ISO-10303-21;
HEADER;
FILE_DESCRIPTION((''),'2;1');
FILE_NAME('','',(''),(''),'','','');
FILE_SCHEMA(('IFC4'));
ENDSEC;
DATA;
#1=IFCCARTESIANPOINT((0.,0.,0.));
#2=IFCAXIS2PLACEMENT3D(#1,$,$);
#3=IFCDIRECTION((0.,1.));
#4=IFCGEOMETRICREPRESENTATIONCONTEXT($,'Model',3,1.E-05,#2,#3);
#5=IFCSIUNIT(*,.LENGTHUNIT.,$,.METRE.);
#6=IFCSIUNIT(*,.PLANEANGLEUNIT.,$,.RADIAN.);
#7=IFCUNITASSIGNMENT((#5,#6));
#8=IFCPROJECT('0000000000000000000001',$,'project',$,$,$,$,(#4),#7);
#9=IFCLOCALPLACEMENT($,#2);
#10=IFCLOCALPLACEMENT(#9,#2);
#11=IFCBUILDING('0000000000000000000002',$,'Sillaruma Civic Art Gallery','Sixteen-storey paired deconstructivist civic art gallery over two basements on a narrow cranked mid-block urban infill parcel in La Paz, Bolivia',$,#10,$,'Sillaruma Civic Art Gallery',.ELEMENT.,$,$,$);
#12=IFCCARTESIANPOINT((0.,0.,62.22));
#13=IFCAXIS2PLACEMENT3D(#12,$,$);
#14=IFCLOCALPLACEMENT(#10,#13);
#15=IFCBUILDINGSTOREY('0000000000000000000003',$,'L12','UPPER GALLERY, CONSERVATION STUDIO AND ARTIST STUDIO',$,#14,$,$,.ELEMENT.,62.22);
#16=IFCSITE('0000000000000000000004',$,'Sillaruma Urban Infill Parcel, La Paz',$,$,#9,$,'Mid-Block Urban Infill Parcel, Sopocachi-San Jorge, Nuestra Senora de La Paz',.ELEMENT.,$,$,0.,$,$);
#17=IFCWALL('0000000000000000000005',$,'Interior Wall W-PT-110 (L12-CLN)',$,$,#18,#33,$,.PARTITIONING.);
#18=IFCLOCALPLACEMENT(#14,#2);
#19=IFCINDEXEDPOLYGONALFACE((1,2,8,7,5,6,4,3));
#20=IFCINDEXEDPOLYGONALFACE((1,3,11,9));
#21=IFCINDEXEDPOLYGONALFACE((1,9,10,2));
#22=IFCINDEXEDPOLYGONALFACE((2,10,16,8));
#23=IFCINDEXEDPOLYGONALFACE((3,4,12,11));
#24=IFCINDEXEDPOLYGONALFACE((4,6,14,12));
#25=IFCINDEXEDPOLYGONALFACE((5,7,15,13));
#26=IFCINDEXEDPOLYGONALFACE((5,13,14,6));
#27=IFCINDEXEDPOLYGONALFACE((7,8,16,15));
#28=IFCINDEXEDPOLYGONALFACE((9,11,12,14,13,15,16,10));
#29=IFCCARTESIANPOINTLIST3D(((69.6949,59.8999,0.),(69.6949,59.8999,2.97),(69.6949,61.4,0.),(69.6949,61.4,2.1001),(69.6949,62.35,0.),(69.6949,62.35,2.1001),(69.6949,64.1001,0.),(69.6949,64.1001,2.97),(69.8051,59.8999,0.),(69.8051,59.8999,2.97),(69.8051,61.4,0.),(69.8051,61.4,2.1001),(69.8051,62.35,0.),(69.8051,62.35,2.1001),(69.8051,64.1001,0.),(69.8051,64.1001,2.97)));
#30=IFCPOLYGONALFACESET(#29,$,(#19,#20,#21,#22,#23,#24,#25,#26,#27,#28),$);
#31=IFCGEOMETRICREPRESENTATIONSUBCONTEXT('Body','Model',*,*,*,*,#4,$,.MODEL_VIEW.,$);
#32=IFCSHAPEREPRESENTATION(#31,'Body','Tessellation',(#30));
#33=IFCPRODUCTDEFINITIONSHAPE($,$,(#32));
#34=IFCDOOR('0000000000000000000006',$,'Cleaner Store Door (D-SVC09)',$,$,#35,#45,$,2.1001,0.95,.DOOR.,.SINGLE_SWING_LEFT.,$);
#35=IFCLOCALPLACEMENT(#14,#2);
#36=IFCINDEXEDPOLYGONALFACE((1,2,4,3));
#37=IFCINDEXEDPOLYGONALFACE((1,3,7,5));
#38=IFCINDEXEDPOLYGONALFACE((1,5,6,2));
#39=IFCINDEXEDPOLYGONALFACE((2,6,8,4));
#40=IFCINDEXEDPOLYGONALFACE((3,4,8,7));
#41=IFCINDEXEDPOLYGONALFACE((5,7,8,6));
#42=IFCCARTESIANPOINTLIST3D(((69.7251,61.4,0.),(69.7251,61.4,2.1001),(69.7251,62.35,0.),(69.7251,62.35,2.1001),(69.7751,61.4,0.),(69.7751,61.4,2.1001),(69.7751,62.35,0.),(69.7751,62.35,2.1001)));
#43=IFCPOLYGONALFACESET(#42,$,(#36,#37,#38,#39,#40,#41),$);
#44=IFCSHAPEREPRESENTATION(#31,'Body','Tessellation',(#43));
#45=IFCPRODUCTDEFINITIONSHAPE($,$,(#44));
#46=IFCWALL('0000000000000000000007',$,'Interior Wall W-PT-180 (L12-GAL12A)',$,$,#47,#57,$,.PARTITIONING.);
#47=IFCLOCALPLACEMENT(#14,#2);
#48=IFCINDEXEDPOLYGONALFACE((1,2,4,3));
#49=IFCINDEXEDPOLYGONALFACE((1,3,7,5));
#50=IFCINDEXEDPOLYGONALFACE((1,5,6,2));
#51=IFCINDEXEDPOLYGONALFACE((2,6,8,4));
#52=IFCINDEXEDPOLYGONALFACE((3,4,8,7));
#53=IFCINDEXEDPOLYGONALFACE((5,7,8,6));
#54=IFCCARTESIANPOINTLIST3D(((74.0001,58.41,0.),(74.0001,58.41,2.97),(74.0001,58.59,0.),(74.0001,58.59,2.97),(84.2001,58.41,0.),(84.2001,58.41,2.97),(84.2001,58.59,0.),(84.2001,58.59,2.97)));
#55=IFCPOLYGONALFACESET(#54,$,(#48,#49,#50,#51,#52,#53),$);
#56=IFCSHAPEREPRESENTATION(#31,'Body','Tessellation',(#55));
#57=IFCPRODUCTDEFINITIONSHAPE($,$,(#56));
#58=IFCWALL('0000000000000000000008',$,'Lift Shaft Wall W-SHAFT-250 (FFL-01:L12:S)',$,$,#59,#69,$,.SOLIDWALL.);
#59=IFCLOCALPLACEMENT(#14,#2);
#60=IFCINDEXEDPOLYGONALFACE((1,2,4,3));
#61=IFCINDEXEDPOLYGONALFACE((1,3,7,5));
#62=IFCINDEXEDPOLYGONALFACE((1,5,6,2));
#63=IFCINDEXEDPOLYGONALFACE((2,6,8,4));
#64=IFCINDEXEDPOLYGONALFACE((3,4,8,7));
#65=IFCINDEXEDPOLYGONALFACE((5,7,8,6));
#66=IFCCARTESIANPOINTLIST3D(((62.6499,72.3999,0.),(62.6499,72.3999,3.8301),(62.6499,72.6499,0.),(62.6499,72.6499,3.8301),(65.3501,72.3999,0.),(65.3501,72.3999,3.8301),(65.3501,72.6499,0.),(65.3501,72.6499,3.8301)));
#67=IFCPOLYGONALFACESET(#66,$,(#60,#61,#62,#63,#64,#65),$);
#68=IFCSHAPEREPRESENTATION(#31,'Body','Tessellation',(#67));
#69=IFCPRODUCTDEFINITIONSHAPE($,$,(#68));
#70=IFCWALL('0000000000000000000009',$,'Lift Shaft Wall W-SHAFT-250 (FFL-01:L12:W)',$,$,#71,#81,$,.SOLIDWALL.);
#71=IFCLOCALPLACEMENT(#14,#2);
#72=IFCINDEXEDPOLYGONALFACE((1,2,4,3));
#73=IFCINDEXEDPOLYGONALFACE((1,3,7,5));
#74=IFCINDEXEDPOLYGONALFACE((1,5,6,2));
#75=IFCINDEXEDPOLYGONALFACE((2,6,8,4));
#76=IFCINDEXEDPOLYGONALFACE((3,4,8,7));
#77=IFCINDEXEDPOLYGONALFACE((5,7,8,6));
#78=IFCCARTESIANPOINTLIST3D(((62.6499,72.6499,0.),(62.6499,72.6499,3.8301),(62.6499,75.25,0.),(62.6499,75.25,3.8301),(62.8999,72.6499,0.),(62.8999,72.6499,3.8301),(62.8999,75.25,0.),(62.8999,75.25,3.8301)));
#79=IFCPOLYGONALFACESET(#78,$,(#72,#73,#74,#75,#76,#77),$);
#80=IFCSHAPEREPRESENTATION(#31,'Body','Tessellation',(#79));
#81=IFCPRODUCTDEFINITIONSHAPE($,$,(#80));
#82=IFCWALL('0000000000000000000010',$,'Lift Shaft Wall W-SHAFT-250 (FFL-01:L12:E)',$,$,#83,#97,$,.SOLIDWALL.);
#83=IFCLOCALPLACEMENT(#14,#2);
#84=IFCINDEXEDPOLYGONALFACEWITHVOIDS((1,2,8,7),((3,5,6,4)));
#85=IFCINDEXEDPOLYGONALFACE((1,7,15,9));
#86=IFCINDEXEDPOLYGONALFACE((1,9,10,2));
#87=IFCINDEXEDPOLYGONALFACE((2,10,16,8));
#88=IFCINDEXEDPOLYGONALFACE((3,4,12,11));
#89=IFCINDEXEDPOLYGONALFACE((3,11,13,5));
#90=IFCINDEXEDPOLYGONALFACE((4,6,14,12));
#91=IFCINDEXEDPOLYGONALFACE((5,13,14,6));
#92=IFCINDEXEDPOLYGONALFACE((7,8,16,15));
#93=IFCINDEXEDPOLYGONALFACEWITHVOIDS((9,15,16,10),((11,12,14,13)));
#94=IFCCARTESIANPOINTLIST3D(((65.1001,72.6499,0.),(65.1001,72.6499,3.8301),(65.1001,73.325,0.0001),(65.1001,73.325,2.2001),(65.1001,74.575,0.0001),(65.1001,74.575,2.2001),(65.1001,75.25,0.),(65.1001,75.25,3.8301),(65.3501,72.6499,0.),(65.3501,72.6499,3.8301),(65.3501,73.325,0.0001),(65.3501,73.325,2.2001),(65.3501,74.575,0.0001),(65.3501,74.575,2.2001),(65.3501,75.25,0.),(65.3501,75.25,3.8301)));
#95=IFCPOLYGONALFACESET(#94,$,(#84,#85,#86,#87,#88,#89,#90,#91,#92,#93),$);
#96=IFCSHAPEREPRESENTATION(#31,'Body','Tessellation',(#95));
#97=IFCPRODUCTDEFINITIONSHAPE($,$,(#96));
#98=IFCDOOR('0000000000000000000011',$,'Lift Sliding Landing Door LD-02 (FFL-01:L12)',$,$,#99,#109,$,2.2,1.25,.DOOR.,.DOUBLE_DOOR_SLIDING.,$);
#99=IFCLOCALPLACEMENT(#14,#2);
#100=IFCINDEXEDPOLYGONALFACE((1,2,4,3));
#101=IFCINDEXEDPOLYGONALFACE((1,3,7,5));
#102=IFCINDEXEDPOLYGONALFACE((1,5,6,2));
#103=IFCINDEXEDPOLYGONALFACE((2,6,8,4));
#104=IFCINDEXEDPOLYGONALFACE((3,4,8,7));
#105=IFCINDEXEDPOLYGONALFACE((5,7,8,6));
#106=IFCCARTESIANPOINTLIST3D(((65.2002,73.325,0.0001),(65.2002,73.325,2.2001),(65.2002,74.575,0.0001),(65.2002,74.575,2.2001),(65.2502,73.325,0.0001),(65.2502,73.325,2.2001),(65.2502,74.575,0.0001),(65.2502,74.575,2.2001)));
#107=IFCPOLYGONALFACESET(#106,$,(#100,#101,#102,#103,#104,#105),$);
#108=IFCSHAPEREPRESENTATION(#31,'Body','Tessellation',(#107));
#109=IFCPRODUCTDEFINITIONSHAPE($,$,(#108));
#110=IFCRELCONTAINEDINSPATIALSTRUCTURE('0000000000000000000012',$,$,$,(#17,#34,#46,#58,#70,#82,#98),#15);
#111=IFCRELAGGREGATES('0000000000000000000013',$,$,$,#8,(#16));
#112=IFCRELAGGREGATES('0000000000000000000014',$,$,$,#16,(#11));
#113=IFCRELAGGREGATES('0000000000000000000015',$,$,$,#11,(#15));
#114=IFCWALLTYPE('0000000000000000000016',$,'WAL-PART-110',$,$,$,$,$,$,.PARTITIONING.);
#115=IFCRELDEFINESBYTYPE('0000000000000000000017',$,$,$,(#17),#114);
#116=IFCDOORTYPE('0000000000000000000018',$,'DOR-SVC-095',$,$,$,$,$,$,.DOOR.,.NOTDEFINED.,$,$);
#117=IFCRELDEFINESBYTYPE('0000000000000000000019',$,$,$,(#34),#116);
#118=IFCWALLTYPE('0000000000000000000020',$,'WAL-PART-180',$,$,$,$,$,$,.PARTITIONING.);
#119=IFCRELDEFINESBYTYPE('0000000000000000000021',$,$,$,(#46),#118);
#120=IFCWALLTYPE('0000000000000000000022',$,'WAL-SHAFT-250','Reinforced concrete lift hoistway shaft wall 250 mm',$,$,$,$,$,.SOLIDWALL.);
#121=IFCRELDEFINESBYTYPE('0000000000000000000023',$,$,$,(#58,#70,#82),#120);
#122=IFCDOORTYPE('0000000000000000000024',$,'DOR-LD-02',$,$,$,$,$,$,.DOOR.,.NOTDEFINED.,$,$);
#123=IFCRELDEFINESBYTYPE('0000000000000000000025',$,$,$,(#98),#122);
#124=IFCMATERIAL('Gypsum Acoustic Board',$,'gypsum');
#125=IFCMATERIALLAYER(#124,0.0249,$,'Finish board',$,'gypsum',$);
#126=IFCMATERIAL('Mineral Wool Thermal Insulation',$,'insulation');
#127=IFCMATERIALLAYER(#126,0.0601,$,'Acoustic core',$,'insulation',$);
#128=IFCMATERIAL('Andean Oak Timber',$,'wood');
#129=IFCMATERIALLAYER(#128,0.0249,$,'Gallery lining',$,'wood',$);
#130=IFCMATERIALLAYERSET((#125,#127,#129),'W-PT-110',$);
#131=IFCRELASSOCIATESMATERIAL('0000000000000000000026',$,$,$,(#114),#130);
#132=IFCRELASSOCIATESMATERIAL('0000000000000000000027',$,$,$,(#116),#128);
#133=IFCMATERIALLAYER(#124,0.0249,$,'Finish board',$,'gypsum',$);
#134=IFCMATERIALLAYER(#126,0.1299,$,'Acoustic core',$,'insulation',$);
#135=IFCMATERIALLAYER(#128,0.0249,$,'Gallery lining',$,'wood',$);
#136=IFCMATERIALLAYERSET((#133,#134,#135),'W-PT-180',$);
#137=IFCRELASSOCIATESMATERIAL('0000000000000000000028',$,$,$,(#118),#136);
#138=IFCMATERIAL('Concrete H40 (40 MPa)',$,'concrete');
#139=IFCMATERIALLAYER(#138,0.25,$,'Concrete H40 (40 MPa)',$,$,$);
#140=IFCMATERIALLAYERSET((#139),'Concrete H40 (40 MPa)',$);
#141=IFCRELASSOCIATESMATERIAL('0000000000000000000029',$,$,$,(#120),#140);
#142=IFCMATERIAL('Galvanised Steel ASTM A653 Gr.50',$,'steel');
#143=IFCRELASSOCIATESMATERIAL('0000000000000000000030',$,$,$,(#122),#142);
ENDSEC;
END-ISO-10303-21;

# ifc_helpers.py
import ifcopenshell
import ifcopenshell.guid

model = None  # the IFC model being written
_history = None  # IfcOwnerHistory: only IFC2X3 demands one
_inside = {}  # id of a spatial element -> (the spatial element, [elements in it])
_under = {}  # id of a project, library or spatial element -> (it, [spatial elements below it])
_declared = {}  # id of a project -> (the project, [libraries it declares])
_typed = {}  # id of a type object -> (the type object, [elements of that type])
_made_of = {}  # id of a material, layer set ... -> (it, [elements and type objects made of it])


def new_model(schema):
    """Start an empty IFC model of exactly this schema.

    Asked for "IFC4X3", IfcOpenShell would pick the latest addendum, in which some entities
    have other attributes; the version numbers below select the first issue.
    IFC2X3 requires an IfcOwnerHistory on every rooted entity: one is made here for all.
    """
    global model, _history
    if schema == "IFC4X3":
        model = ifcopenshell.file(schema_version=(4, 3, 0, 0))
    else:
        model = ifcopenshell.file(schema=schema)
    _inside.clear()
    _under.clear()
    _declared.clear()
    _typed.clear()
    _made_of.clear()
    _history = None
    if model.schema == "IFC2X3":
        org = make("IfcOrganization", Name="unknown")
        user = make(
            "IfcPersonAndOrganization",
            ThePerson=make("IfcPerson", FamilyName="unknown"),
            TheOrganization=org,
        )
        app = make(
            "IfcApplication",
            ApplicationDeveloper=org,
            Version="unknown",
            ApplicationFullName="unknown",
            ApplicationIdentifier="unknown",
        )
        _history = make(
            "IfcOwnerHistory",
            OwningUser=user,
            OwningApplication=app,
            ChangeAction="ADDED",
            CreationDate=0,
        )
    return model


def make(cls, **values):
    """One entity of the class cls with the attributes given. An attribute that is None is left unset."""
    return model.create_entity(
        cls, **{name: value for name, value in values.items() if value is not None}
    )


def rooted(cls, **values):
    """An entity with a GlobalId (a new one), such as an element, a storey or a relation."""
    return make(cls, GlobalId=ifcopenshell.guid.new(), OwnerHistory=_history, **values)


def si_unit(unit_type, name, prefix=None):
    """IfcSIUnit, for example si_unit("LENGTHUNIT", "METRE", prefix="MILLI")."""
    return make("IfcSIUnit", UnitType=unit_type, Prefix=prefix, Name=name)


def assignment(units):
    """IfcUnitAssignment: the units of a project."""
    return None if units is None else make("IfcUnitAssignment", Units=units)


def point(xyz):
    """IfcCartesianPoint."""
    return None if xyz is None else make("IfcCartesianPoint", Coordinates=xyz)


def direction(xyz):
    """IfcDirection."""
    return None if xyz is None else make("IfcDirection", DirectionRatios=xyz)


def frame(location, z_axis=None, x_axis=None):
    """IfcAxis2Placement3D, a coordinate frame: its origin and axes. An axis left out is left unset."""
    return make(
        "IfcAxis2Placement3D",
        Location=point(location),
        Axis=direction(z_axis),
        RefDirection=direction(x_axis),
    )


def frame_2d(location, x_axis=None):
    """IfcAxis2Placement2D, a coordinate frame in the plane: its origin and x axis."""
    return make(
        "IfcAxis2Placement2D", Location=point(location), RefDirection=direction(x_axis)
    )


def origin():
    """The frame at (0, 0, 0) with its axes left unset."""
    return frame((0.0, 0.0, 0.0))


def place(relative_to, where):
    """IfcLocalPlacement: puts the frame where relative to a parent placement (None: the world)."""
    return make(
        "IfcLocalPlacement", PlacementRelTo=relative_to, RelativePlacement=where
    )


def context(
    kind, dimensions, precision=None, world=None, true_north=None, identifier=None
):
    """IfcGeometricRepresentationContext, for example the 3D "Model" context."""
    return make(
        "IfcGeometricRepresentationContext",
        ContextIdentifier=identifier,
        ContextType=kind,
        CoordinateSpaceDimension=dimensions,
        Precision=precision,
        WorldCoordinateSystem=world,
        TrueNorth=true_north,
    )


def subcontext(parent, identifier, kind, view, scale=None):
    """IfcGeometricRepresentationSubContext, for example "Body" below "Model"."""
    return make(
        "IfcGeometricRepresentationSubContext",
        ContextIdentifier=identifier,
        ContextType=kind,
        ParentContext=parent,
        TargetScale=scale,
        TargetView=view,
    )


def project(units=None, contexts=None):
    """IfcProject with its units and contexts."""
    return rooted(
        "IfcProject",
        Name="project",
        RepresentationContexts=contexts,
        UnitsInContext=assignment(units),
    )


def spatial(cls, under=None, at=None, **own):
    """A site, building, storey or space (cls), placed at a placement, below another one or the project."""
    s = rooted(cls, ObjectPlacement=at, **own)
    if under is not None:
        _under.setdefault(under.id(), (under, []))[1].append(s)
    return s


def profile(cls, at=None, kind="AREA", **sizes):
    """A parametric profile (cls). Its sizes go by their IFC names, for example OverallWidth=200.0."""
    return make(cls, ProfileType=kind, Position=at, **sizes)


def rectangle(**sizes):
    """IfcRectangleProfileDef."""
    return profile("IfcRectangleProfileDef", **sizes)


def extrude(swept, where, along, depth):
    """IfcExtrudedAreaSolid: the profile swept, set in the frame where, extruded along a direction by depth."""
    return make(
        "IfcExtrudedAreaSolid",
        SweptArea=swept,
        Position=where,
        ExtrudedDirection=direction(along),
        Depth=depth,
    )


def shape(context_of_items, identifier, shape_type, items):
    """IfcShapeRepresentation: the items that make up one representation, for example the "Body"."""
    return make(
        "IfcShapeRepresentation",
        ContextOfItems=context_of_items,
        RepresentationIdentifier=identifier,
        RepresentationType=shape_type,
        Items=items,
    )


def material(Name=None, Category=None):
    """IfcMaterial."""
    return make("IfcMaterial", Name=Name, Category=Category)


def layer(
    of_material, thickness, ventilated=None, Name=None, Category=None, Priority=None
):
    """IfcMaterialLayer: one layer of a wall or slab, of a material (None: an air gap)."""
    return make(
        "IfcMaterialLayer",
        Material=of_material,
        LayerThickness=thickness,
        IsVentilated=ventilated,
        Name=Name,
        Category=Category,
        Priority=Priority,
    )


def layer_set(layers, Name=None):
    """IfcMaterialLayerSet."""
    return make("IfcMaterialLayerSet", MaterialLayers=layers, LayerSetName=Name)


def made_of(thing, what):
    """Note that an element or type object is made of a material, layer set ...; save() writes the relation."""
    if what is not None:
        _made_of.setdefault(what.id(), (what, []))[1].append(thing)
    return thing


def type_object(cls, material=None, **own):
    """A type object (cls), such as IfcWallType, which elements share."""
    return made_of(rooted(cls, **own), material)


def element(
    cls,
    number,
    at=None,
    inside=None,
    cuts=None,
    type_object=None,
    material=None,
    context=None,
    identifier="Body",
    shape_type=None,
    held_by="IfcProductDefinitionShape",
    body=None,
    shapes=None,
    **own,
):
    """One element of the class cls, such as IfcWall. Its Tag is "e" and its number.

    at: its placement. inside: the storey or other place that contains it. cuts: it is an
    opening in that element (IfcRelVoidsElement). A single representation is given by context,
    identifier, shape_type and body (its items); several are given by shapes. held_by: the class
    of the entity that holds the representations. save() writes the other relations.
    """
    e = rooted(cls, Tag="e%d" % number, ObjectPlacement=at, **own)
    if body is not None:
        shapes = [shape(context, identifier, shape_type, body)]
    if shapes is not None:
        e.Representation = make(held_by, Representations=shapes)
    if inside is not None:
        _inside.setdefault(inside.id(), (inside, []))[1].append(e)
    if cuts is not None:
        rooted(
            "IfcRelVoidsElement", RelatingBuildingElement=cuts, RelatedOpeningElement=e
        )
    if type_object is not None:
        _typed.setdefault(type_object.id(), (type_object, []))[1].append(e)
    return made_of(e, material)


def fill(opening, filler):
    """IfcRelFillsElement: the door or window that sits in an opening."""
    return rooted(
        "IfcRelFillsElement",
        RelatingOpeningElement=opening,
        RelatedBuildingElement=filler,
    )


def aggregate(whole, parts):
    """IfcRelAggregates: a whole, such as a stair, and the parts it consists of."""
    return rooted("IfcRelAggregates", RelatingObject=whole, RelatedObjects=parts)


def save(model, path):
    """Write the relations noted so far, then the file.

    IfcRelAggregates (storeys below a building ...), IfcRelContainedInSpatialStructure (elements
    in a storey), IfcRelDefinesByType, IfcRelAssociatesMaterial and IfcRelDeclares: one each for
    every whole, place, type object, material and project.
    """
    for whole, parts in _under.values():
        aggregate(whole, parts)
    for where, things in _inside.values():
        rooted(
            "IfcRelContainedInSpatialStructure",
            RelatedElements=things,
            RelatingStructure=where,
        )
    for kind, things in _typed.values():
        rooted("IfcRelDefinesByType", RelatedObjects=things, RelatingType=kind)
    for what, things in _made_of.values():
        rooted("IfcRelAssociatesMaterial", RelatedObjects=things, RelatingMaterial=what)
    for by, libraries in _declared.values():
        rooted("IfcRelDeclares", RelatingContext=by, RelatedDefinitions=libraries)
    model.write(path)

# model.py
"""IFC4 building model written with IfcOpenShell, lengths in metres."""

from ifc_helpers import new_model, si_unit, direction, frame, frame_2d, origin, place, context, subcontext, project, spatial, rectangle, extrude, material, layer, layer_set, type_object, element, fill, save


model = new_model("IFC4")

# Units and contexts
model_context = context("Model", 3, precision=1e-05, world=origin(), true_north=direction((0.0, 1.0)))
body_context = subcontext(model_context, "Body", "Model", "MODEL_VIEW")
ifc_project = project(units=[si_unit("LENGTHUNIT", "METRE"), si_unit("PLANEANGLEUNIT", "RADIAN")], contexts=[model_context])

# Site, building, storey
site_placement = place(None, origin())
site = spatial("IfcSite", under=ifc_project, at=site_placement, Name="Sillaruma Urban Infill Parcel, La Paz", LongName="Mid-Block Urban Infill Parcel, Sopocachi-San Jorge, Nuestra Senora de La Paz", CompositionType="ELEMENT", RefElevation=0.0)
building_placement = place(site_placement, origin())
building = spatial("IfcBuilding", under=site, at=building_placement, Name="Sillaruma Civic Art Gallery", Description="Sixteen-storey paired deconstructivist civic art gallery over two basements on a narrow cranked mid-block urban infill parcel in La Paz, Bolivia", LongName="Sillaruma Civic Art Gallery", CompositionType="ELEMENT")
storey_placement = place(building_placement, frame((0.0, 0.0, 62.22)))
storey = spatial("IfcBuildingStorey", under=building, at=storey_placement, Name="L12", Description="UPPER GALLERY, CONSERVATION STUDIO AND ARTIST STUDIO", CompositionType="ELEMENT", Elevation=62.22)

# Shared definitions
ifc_material_1 = material(Name="Concrete H40 (40 MPa)", Category="concrete")

# Wall, opening, door
ifc_material_2 = material(Name="Galvanised Steel ASTM A653 Gr.50", Category="steel")
ifc_material_3 = material(Name="Gypsum Acoustic Board", Category="gypsum")
ifc_layer_1 = layer(ifc_material_3, 0.0249, Name="Finish board", Category="gypsum")
ifc_material_4 = material(Name="Mineral Wool Thermal Insulation", Category="insulation")
ifc_layer_2 = layer(ifc_material_4, 0.0601, Name="Acoustic core", Category="insulation")
ifc_material_5 = material(Name="Andean Oak Timber", Category="wood")
ifc_layer_3 = layer(ifc_material_5, 0.0249, Name="Gallery lining", Category="wood")
ifc_layer_set_1 = layer_set([ifc_layer_1, ifc_layer_2, ifc_layer_3], Name="W-PT-110")
wall_type_1 = type_object("IfcWallType", Name="WAL-PART-110", PredefinedType="PARTITIONING", material=ifc_layer_set_1)
wall_1_placement = place(storey_placement, frame((69.75, 59.8999, 0.0), z_axis=(0.0, 0.0, 1.0), x_axis=(0.0, 1.0, 0.0)))
wall_1 = element("IfcWall", 1, at=wall_1_placement, inside=storey, type_object=wall_type_1, Name="Interior Wall W-PT-110 (L12-CLN)", PredefinedType="PARTITIONING", context=body_context, shape_type="SweptSolid", body=[
    extrude(rectangle(XDim=4.2002, YDim=0.1101, at=frame_2d((2.1001, 0.0))), origin(), (0.0, 0.0, 1.0), 2.97),
])
opening_1_placement = place(wall_1_placement, frame((1.5, 0.0, 0.0)))
opening_1 = element("IfcOpeningElement", 2, at=opening_1_placement, cuts=wall_1, PredefinedType="OPENING", context=body_context, shape_type="SweptSolid", body=[
    extrude(rectangle(XDim=0.95, YDim=2.1001, at=frame_2d((0.4751, 1.05))), frame((0.0, 0.0649, 0.0), z_axis=(0.0, -1.0, 0.0), x_axis=(1.0, 0.0, 0.0)), (0.0, 0.0, 1.0), 0.1301),
])
door_type_1 = type_object("IfcDoorType", Name="DOR-SVC-095", OperationType="NOTDEFINED", PredefinedType="DOOR", material=ifc_material_5)
door_1_placement = place(opening_1_placement, origin())
door_1 = element("IfcDoor", 3, at=door_1_placement, inside=storey, type_object=door_type_1, Name="Cleaner Store Door (D-SVC09)", OperationType="SINGLE_SWING_LEFT", OverallHeight=2.1001, OverallWidth=0.95, PredefinedType="DOOR", context=body_context, shape_type="SweptSolid", body=[
    extrude(rectangle(XDim=0.95, YDim=2.1001, at=frame_2d((0.4751, 1.05))), frame((0.0, 0.0249, 0.0), z_axis=(0.0, -1.0, 0.0), x_axis=(1.0, 0.0, 0.0)), (0.0, 0.0, 1.0), 0.05),
])
fill(opening_1, door_1)

# Walls
ifc_layer_4 = layer(ifc_material_3, 0.0249, Name="Finish board", Category="gypsum")
ifc_layer_5 = layer(ifc_material_4, 0.1299, Name="Acoustic core", Category="insulation")
ifc_layer_6 = layer(ifc_material_5, 0.0249, Name="Gallery lining", Category="wood")
ifc_layer_set_2 = layer_set([ifc_layer_4, ifc_layer_5, ifc_layer_6], Name="W-PT-180")
wall_type_2 = type_object("IfcWallType", Name="WAL-PART-180", PredefinedType="PARTITIONING", material=ifc_layer_set_2)
wall_2_placement = place(storey_placement, frame((74.0, 58.5, 0.0), z_axis=(0.0, 0.0, 1.0), x_axis=(1.0, 0.0, 0.0)))
element("IfcWall", 4, at=wall_2_placement, inside=storey, type_object=wall_type_2, Name="Interior Wall W-PT-180 (L12-GAL12A)", PredefinedType="PARTITIONING", context=body_context, shape_type="SweptSolid", body=[
    extrude(rectangle(XDim=10.2, YDim=0.1799, at=frame_2d((5.1001, 0.0))), origin(), (0.0, 0.0, 1.0), 2.97),
])
ifc_layer_7 = layer(ifc_material_1, 0.25, Name="Concrete H40 (40 MPa)")
ifc_layer_set_3 = layer_set([ifc_layer_7], Name="Concrete H40 (40 MPa)")
wall_type_3 = type_object("IfcWallType", Name="WAL-SHAFT-250", Description="Reinforced concrete lift hoistway shaft wall 250 mm", PredefinedType="SOLIDWALL", material=ifc_layer_set_3)
wall_3_placement = place(storey_placement, frame((62.6499, 72.5249, 0.0), z_axis=(0.0, 0.0, 1.0), x_axis=(1.0, 0.0, 0.0)))
element("IfcWall", 5, at=wall_3_placement, inside=storey, type_object=wall_type_3, Name="Lift Shaft Wall W-SHAFT-250 (FFL-01:L12:S)", PredefinedType="SOLIDWALL", context=body_context, shape_type="SweptSolid", body=[
    extrude(rectangle(XDim=2.7002, YDim=0.25, at=frame_2d((1.3501, 0.0))), origin(), (0.0, 0.0, 1.0), 3.8301),
])
wall_4_placement = place(storey_placement, frame((62.7749, 72.6499, 0.0), z_axis=(0.0, 0.0, 1.0), x_axis=(0.0, 1.0, 0.0)))
element("IfcWall", 6, at=wall_4_placement, inside=storey, type_object=wall_type_3, Name="Lift Shaft Wall W-SHAFT-250 (FFL-01:L12:W)", PredefinedType="SOLIDWALL", context=body_context, shape_type="SweptSolid", body=[
    extrude(rectangle(XDim=2.6001, YDim=0.25, at=frame_2d((1.3, 0.0))), origin(), (0.0, 0.0, 1.0), 3.8301),
])

# Wall, opening, door
wall_5_placement = place(storey_placement, frame((65.2251, 72.6499, 0.0), z_axis=(0.0, 0.0, 1.0), x_axis=(0.0, 1.0, 0.0)))
wall_5 = element("IfcWall", 7, at=wall_5_placement, inside=storey, type_object=wall_type_3, Name="Lift Shaft Wall W-SHAFT-250 (FFL-01:L12:E)", PredefinedType="SOLIDWALL", context=body_context, shape_type="SweptSolid", body=[
    extrude(rectangle(XDim=2.6001, YDim=0.25, at=frame_2d((1.3, 0.0))), origin(), (0.0, 0.0, 1.0), 3.8301),
])
opening_2_placement = place(wall_5_placement, frame((0.675, 0.0, 0.0)))
opening_2 = element("IfcOpeningElement", 8, at=opening_2_placement, cuts=wall_5, PredefinedType="OPENING", context=body_context, shape_type="SweptSolid", body=[
    extrude(rectangle(XDim=1.25, YDim=2.2, at=frame_2d((0.625, 1.1001))), frame((0.0, 0.135, 0.0), z_axis=(0.0, -1.0, 0.0), x_axis=(1.0, 0.0, 0.0)), (0.0, 0.0, 1.0), 0.27),
])
door_type_2 = type_object("IfcDoorType", Name="DOR-LD-02", OperationType="NOTDEFINED", PredefinedType="DOOR", material=ifc_material_2)
door_2_placement = place(opening_2_placement, origin())
door_2 = element("IfcDoor", 9, at=door_2_placement, inside=storey, type_object=door_type_2, Name="Lift Sliding Landing Door LD-02 (FFL-01:L12)", OperationType="DOUBLE_DOOR_SLIDING", OverallHeight=2.2, OverallWidth=1.25, PredefinedType="DOOR", context=body_context, shape_type="SweptSolid", body=[
    extrude(rectangle(XDim=1.25, YDim=2.2, at=frame_2d((0.625, 1.1001))), frame((0.0, 0.0249, 0.0), z_axis=(0.0, -1.0, 0.0), x_axis=(1.0, 0.0, 0.0)), (0.0, 0.0, 1.0), 0.05),
])
fill(opening_2, door_2)

save(model, "model.ifc")
